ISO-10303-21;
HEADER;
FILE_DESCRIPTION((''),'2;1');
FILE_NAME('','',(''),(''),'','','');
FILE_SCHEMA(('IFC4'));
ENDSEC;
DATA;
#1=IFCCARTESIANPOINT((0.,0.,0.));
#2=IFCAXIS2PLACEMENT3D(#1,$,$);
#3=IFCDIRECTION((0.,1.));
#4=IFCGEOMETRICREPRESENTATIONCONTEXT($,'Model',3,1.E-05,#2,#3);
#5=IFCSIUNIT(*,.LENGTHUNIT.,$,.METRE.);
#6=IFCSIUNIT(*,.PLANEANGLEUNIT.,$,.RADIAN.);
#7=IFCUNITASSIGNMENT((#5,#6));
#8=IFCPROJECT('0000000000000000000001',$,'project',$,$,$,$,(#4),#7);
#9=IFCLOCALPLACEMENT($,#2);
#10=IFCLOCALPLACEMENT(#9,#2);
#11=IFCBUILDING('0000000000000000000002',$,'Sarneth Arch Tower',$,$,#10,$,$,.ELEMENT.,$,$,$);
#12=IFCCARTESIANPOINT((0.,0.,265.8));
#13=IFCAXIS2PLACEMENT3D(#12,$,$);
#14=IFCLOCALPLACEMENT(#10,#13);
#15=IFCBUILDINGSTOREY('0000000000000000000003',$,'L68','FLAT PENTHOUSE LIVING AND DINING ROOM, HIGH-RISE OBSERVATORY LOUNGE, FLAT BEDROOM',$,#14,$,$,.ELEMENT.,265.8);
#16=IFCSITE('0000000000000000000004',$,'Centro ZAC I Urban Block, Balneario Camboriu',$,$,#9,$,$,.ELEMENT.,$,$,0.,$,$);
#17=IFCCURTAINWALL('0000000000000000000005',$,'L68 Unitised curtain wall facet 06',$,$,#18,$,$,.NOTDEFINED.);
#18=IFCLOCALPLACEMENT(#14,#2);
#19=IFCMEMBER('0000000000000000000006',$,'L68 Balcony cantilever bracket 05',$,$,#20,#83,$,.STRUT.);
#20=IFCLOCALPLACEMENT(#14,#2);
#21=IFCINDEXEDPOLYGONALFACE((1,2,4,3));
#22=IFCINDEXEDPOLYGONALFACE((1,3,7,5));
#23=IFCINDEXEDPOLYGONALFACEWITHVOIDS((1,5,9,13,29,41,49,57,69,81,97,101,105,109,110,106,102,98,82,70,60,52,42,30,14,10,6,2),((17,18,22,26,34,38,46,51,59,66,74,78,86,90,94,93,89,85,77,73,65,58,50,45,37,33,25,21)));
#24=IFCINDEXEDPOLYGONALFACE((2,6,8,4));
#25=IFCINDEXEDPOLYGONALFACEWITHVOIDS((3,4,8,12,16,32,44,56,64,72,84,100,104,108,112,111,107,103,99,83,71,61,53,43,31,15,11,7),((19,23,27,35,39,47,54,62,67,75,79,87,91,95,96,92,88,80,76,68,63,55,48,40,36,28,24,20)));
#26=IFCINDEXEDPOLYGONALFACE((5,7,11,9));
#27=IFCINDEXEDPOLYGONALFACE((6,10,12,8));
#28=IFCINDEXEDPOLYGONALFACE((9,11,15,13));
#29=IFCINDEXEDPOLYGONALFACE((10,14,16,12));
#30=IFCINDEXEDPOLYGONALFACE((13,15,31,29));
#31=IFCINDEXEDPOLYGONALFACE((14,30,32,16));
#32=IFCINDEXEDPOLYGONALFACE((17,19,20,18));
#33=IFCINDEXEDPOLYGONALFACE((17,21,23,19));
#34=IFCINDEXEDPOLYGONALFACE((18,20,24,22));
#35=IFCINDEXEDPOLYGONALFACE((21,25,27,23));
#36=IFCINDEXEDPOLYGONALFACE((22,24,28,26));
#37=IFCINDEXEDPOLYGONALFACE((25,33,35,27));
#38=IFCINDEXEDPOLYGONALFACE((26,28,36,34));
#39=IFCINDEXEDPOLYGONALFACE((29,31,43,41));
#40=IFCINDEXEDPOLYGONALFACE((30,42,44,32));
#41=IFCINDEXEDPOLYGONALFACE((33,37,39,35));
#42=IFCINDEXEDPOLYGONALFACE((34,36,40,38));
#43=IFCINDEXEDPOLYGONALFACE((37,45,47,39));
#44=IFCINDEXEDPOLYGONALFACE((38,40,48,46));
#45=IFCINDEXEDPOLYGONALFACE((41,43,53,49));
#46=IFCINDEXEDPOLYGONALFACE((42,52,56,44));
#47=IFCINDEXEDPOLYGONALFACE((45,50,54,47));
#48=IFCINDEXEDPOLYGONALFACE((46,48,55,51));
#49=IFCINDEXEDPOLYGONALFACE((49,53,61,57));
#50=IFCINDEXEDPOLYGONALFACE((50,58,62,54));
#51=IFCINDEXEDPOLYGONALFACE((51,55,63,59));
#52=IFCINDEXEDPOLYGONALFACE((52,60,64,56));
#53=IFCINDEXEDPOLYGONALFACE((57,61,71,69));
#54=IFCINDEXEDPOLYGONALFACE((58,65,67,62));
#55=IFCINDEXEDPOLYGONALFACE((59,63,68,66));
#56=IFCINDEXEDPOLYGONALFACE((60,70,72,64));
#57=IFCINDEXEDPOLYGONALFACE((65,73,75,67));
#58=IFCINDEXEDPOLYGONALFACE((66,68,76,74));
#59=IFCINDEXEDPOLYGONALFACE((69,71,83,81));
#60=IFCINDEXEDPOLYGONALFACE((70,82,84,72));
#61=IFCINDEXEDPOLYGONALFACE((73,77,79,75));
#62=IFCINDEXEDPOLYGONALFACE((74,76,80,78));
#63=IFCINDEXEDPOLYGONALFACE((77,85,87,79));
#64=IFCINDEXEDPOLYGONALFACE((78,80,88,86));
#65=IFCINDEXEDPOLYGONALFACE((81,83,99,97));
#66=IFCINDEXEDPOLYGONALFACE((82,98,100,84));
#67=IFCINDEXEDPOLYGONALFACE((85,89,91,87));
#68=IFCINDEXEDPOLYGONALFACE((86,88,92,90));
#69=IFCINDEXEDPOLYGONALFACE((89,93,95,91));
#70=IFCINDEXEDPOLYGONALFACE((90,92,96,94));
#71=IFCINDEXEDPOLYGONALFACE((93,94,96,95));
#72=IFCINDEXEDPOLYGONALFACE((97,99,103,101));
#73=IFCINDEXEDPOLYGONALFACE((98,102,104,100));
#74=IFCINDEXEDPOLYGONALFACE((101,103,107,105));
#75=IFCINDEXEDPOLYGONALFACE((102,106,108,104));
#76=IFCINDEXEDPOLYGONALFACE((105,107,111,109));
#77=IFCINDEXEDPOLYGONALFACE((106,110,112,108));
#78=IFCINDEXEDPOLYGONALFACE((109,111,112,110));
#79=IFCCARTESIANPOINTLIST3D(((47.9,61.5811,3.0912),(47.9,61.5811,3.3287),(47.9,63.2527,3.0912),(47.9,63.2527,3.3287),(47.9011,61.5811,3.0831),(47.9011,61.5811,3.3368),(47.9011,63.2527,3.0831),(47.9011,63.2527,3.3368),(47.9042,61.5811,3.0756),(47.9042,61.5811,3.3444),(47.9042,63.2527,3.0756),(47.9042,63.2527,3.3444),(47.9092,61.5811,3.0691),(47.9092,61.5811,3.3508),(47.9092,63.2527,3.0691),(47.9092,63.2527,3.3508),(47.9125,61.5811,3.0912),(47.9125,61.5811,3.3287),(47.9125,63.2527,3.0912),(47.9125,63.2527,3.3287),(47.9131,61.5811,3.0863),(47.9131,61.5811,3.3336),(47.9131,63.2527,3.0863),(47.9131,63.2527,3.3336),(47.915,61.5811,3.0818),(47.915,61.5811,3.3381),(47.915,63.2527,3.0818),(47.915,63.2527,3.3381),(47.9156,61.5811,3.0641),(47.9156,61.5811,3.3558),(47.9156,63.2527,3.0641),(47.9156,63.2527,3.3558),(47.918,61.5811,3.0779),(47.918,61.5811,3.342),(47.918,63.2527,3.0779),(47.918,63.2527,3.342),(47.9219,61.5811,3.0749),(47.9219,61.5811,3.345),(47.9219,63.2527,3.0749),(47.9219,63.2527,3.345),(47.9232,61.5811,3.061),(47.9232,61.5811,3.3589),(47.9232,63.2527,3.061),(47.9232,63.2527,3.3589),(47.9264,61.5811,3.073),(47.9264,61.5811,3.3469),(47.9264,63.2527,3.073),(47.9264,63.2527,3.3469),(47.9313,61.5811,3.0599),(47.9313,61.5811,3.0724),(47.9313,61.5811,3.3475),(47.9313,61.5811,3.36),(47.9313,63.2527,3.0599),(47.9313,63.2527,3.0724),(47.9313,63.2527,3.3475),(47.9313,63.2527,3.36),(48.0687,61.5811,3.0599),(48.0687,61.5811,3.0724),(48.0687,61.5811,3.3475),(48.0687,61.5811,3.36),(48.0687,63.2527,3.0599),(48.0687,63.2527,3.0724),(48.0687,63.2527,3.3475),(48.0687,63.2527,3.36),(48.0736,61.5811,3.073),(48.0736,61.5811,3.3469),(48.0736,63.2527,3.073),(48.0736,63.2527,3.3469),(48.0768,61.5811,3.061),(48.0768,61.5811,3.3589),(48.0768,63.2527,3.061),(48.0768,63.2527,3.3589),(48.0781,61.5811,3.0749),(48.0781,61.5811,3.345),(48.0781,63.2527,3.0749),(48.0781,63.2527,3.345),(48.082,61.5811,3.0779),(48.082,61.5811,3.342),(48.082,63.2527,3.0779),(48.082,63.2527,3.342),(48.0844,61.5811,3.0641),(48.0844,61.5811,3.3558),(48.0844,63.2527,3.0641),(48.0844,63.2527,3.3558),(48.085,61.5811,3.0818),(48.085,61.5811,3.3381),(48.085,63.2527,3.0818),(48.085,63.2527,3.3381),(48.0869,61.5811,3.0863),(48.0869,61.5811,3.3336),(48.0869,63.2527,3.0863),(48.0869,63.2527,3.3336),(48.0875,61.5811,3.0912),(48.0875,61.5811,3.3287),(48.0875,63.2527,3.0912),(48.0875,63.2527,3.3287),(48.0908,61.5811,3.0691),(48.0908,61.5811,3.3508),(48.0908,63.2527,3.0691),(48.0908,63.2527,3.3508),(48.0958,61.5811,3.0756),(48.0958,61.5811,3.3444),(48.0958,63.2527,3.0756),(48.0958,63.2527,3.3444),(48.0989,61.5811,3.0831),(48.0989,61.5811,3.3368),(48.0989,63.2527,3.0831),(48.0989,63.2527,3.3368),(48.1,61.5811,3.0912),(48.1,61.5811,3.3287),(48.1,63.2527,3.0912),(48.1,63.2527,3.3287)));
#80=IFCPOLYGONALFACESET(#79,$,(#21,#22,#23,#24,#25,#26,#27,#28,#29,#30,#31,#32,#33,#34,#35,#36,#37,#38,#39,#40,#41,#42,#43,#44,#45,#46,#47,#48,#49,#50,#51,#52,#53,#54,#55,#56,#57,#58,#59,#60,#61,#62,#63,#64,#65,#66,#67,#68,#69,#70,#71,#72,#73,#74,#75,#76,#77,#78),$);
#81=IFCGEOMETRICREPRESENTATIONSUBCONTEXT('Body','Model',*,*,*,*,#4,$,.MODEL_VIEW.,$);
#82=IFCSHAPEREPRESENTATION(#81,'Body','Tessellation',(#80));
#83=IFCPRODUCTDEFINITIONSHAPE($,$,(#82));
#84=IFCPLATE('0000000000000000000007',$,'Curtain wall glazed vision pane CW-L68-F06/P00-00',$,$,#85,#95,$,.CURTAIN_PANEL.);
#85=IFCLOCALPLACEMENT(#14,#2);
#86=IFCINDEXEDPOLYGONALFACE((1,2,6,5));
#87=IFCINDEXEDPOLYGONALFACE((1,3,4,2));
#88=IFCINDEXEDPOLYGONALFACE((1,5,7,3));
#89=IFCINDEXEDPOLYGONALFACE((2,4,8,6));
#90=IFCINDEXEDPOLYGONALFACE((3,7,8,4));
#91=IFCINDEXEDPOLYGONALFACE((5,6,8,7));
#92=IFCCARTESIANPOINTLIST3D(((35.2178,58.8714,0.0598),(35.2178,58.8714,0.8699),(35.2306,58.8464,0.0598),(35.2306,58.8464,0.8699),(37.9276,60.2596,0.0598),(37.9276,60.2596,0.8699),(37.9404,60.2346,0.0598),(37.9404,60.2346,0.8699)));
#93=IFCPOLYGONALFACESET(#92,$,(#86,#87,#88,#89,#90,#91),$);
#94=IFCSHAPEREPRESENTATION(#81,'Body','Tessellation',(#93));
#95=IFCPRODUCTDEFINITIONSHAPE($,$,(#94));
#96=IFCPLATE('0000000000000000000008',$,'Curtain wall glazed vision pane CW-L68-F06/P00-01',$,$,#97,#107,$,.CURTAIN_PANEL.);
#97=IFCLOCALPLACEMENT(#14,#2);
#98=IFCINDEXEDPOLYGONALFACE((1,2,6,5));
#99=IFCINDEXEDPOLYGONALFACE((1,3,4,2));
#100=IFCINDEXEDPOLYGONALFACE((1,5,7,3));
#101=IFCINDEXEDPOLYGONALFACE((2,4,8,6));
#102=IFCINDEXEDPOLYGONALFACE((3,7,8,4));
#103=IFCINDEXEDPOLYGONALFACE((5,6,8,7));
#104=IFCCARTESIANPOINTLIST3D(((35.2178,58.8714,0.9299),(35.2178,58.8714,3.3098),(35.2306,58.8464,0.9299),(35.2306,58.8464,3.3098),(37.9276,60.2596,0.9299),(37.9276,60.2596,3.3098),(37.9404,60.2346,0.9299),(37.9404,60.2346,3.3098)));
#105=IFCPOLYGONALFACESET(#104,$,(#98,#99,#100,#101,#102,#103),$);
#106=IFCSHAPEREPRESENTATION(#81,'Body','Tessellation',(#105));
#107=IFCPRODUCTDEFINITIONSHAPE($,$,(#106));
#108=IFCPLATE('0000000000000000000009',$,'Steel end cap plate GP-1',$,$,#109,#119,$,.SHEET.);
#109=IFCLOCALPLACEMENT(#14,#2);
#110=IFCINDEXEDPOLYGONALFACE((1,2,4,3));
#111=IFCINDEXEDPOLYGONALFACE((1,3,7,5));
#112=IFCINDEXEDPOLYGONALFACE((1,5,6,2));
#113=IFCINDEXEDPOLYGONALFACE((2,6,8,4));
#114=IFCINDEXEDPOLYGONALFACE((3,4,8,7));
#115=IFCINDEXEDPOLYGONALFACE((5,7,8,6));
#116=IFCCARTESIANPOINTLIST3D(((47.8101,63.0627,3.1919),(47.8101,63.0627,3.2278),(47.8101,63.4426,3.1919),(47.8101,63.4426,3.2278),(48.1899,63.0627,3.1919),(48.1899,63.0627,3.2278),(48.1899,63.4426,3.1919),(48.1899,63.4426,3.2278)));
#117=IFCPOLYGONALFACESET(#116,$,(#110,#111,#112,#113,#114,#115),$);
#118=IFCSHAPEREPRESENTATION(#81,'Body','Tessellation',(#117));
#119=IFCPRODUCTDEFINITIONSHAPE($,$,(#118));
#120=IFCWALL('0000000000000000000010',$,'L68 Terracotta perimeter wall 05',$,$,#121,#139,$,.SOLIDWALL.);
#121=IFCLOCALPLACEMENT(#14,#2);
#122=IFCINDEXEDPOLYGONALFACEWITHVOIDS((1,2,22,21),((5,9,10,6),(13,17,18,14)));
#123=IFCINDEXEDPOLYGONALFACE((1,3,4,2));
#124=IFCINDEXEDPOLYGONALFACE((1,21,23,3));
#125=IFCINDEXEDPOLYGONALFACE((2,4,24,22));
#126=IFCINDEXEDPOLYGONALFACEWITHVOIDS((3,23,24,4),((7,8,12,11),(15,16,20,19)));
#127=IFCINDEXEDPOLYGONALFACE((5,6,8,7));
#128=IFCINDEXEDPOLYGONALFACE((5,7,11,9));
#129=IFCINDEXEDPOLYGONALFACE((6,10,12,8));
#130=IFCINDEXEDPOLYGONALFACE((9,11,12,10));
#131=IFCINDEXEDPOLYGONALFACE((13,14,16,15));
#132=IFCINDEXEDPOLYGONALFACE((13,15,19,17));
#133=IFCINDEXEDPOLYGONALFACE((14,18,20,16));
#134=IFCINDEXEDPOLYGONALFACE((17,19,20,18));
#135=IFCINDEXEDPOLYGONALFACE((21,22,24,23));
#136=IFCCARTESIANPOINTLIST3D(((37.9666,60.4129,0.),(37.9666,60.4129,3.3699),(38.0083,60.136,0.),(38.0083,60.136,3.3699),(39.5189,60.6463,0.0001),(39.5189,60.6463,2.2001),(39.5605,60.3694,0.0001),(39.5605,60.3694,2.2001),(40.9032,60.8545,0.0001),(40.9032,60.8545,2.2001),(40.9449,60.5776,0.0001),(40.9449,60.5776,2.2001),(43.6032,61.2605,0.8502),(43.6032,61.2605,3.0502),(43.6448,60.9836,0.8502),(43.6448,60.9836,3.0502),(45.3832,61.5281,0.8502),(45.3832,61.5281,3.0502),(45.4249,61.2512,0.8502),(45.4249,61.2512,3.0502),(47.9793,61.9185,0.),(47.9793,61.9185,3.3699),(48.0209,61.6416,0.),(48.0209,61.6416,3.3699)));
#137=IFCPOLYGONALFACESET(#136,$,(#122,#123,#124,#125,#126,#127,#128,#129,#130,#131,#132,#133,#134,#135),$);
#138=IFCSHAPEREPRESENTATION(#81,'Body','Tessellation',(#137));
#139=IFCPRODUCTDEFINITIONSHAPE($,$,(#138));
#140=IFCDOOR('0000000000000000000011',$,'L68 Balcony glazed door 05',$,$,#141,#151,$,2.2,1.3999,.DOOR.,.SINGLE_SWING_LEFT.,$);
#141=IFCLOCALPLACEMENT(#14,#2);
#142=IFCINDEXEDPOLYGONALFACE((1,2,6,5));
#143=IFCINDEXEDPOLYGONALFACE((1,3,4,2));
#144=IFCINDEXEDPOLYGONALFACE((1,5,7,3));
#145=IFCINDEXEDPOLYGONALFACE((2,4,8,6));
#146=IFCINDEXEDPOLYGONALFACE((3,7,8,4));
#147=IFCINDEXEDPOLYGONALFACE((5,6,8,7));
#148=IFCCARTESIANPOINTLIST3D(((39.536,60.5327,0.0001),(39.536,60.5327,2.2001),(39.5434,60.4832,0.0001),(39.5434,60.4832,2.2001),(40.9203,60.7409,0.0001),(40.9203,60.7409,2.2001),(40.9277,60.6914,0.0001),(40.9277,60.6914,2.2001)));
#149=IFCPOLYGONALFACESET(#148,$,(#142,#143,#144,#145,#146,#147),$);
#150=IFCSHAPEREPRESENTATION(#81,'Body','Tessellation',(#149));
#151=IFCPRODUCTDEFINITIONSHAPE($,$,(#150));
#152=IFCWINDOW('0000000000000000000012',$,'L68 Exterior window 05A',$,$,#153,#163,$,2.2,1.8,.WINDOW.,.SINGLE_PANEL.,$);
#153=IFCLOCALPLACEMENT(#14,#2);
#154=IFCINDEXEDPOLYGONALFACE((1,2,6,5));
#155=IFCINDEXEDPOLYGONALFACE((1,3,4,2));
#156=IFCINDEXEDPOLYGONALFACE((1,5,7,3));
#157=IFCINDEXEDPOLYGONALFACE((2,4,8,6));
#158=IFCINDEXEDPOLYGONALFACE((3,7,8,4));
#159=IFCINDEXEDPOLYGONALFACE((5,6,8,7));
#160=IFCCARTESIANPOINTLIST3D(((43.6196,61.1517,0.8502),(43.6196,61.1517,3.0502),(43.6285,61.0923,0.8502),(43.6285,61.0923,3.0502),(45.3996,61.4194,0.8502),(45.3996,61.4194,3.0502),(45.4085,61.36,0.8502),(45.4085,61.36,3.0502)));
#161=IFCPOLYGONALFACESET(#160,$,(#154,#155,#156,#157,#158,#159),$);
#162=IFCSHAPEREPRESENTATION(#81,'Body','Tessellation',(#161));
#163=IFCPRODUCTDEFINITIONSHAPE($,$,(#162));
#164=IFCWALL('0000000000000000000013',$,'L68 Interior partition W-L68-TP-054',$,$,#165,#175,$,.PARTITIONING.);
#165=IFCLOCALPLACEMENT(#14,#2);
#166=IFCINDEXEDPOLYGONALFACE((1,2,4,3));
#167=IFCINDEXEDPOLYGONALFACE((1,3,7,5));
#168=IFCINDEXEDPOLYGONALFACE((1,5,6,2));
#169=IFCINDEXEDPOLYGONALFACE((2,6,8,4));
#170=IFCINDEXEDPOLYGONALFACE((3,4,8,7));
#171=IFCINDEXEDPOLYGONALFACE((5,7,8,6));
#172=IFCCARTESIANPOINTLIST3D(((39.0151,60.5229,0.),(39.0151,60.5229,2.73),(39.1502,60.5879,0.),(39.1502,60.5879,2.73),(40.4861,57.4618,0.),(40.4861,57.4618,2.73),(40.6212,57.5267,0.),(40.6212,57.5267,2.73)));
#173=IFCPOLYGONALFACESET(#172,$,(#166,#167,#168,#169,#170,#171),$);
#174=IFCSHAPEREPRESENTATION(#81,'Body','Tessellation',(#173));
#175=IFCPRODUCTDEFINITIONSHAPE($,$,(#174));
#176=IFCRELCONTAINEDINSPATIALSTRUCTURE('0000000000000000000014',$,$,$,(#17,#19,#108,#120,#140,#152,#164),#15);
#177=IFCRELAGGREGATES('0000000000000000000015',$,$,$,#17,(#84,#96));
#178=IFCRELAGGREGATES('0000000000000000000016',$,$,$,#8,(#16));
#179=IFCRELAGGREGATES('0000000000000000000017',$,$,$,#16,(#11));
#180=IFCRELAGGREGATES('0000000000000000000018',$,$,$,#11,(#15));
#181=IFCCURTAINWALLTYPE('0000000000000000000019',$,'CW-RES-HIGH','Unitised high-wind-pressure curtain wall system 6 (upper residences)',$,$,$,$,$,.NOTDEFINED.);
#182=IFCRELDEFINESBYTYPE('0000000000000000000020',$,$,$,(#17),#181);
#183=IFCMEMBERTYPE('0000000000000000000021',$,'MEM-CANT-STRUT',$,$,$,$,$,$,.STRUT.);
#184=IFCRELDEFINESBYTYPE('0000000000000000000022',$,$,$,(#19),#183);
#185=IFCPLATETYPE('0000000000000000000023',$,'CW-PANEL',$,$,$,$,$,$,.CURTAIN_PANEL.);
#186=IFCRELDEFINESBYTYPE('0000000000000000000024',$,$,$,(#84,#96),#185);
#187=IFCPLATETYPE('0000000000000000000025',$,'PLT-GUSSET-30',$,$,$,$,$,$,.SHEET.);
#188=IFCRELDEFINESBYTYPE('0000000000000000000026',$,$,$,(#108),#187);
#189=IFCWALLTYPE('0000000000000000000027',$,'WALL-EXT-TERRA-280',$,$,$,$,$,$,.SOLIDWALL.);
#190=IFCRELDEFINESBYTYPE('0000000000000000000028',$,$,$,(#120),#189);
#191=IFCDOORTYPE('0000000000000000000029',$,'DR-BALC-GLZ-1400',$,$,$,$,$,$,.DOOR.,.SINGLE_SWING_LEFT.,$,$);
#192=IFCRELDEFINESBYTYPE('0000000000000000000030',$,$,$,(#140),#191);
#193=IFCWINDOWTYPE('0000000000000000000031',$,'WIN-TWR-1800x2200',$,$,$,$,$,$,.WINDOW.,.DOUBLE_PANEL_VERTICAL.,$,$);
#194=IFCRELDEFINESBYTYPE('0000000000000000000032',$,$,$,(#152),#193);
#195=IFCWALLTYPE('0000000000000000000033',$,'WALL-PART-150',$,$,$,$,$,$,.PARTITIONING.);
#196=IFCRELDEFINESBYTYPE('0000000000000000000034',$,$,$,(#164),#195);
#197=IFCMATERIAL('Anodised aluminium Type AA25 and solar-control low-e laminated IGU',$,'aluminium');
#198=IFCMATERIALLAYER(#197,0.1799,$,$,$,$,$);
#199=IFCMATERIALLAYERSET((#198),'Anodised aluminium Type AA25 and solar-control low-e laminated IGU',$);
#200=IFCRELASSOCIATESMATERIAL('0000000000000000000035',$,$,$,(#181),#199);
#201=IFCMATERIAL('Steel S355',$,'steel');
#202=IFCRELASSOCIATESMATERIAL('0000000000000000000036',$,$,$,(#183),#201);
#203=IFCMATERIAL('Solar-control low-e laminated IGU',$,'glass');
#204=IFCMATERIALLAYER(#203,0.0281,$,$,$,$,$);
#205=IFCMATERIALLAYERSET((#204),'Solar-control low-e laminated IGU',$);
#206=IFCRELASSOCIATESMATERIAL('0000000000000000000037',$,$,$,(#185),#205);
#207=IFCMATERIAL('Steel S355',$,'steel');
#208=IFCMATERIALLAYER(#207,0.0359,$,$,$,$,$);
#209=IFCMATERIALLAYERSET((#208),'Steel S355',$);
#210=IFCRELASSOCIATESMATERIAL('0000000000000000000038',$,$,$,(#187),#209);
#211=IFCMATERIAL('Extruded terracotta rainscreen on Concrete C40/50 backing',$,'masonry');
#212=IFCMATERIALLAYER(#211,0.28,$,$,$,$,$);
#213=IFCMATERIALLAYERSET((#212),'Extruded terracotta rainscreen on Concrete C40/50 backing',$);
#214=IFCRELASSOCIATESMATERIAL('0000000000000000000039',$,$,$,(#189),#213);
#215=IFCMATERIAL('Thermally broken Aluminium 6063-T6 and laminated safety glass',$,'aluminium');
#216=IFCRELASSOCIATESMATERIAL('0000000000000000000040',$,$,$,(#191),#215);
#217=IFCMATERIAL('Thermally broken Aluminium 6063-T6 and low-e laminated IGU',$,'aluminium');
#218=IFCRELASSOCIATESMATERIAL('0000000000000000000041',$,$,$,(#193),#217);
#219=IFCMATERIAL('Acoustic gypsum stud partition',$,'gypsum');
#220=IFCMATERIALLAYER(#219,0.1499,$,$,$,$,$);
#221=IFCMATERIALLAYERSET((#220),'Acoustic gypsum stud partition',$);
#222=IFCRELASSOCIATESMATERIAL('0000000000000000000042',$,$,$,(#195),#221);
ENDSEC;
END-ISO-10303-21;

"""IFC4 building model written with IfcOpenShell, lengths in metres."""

from ifc_helpers import new_model, si_unit, direction, frame, frame_2d, origin, origin_2d, place, context, subcontext, project, spatial, rectangle, hollow_rectangle, extrude, material, layer, layer_set, material_profile, profile_set, type_object, element, fill, aggregate, save


model = new_model("IFC4")

# Units and contexts
model_context = context("Model", 3, precision=1e-05, world=origin(), true_north=direction((0.0, 1.0)))
body_context = subcontext(model_context, "Body", "Model", "MODEL_VIEW")
ifc_project = project(units=[si_unit("LENGTHUNIT", "METRE"), si_unit("PLANEANGLEUNIT", "RADIAN")], contexts=[model_context])

# Site, building, storey
site_placement = place(None, origin())
site = spatial("IfcSite", under=ifc_project, at=site_placement, Name="Centro ZAC I Urban Block, Balneario Camboriu", CompositionType="ELEMENT", RefElevation=0.0)
building_placement = place(site_placement, origin())
building = spatial("IfcBuilding", under=site, at=building_placement, Name="Sarneth Arch Tower", CompositionType="ELEMENT")
storey_placement = place(building_placement, frame((0.0, 0.0, 265.8)))
storey = spatial("IfcBuildingStorey", under=building, at=storey_placement, Name="L68", Description="FLAT PENTHOUSE LIVING AND DINING ROOM, HIGH-RISE OBSERVATORY LOUNGE, FLAT BEDROOM", CompositionType="ELEMENT", Elevation=265.8)

# Curtain wall
ifc_material_1 = material(Name="Anodised aluminium Type AA25 and solar-control low-e laminated IGU", Category="aluminium")
ifc_layer_1 = layer(ifc_material_1, 0.1799)
ifc_layer_set_1 = layer_set([ifc_layer_1], Name="Anodised aluminium Type AA25 and solar-control low-e laminated IGU")
curtain_wall_type = type_object("IfcCurtainWallType", Name="CW-RES-HIGH", Description="Unitised high-wind-pressure curtain wall system 6 (upper residences)", PredefinedType="NOTDEFINED", material=ifc_layer_set_1)
curtain_wall_placement = place(storey_placement, origin())
curtain_wall = element("IfcCurtainWall", 1, at=curtain_wall_placement, inside=storey, type_object=curtain_wall_type, Name="L68 Unitised curtain wall facet 06", PredefinedType="NOTDEFINED")

# Member
ifc_material_2 = material(Name="Steel S355", Category="steel")
ifc_material_profile_1 = material_profile(ifc_material_2, hollow_rectangle(XDim=0.2, YDim=0.3, WallThickness=0.0125, InnerFilletRadius=0.0188, OuterFilletRadius=0.0312, at=origin_2d()), Name="RHS300x200x12.5")
ifc_profile_set_1 = profile_set([ifc_material_profile_1], Name="Steel S355")
member_type_1 = type_object("IfcMemberType", Name="MEM-CANT-STRUT", PredefinedType="STRUT", material=ifc_profile_set_1)
member_1_placement = place(storey_placement, frame((48.0, 61.5811, 3.21), z_axis=(0.0, 1.0, 0.0), x_axis=(-1.0, 0.0, 0.0)))
element("IfcMember", 2, at=member_1_placement, inside=storey, type_object=member_type_1, Name="L68 Balcony cantilever bracket 05", PredefinedType="STRUT", context=body_context, shape_type="SweptSolid", body=[
    extrude(hollow_rectangle(XDim=0.2, YDim=0.3, WallThickness=0.0125, InnerFilletRadius=0.0188, OuterFilletRadius=0.0312, at=origin_2d()), origin(), (0.0, 0.0, 1.0), 1.6716),
])

# Plates
ifc_material_3 = material(Name="Solar-control low-e laminated IGU", Category="glass")
ifc_layer_2 = layer(ifc_material_3, 0.0281)
ifc_layer_set_2 = layer_set([ifc_layer_2], Name="Solar-control low-e laminated IGU")
plate_type_1 = type_object("IfcPlateType", Name="CW-PANEL", PredefinedType="CURTAIN_PANEL", material=ifc_layer_set_2)
plate_1_placement = place(storey_placement, frame((36.5791, 59.553, 0.0598), z_axis=(0.0, 0.0, 1.0), x_axis=(-0.89001, -0.455942, 0.0)))
plate_1 = element("IfcPlate", 3, at=plate_1_placement, type_object=plate_type_1, Name="Curtain wall glazed vision pane CW-L68-F06/P00-00", PredefinedType="CURTAIN_PANEL", context=body_context, shape_type="SweptSolid", body=[
    extrude(rectangle(XDim=3.0447, YDim=0.0281, at=origin_2d()), origin(), (0.0, 0.0, 1.0), 0.8101),
])
plate_2_placement = place(storey_placement, frame((36.5791, 59.553, 0.9299), z_axis=(0.0, 0.0, 1.0), x_axis=(-0.89001, -0.455942, 0.0)))
plate_2 = element("IfcPlate", 4, at=plate_2_placement, type_object=plate_type_1, Name="Curtain wall glazed vision pane CW-L68-F06/P00-01", PredefinedType="CURTAIN_PANEL", context=body_context, shape_type="SweptSolid", body=[
    extrude(rectangle(XDim=3.0447, YDim=0.0281, at=origin_2d()), origin(), (0.0, 0.0, 1.0), 2.3799),
])
aggregate(curtain_wall, [plate_1, plate_2])
ifc_material_4 = material(Name="Steel S355", Category="steel")
ifc_layer_3 = layer(ifc_material_4, 0.0359)
ifc_layer_set_3 = layer_set([ifc_layer_3], Name="Steel S355")
plate_type_2 = type_object("IfcPlateType", Name="PLT-GUSSET-30", PredefinedType="SHEET", material=ifc_layer_set_3)
plate_3_placement = place(storey_placement, frame((48.0, 63.2527, 3.1919), z_axis=(0.0, 0.0, 1.0), x_axis=(0.0, 1.0, 0.0)))
element("IfcPlate", 5, at=plate_3_placement, inside=storey, type_object=plate_type_2, Name="Steel end cap plate GP-1", PredefinedType="SHEET", context=body_context, shape_type="SweptSolid", body=[
    extrude(rectangle(XDim=0.3799, YDim=0.3799, at=origin_2d()), origin(), (0.0, 0.0, 1.0), 0.0359),
])

# Wall, openings, door, window
ifc_material_5 = material(Name="Extruded terracotta rainscreen on Concrete C40/50 backing", Category="masonry")
ifc_layer_4 = layer(ifc_material_5, 0.28)
ifc_layer_set_4 = layer_set([ifc_layer_4], Name="Extruded terracotta rainscreen on Concrete C40/50 backing")
wall_type_1 = type_object("IfcWallType", Name="WALL-EXT-TERRA-280", PredefinedType="SOLIDWALL", material=ifc_layer_set_4)
wall_1_placement = place(storey_placement, frame((48.0, 61.78, 0.0), z_axis=(0.0, 0.0, 1.0), x_axis=(-0.988883, -0.148699, 0.0)))
wall_1 = element("IfcWall", 6, at=wall_1_placement, inside=storey, type_object=wall_type_1, Name="L68 Terracotta perimeter wall 05", PredefinedType="SOLIDWALL", context=body_context, shape_type="SweptSolid", body=[
    extrude(rectangle(XDim=10.1252, YDim=0.28, at=frame_2d((5.0625, 0.0))), origin(), (0.0, 0.0, 1.0), 3.3699),
])
opening_1_placement = place(wall_1_placement, frame((2.6252, 0.0, 0.8501)))
opening_1 = element("IfcOpeningElement", 7, at=opening_1_placement, cuts=wall_1, PredefinedType="OPENING", context=body_context, shape_type="SweptSolid", body=[
    extrude(rectangle(XDim=1.8, YDim=2.2, at=frame_2d((0.8999, 1.1001))), frame((0.0, 0.1499, 0.0), z_axis=(0.0, -1.0, 0.0), x_axis=(1.0, 0.0, 0.0)), (0.0, 0.0, 1.0), 0.3),
])
opening_2_placement = place(wall_1_placement, frame((7.1555, 0.0, 0.0)))
opening_2 = element("IfcOpeningElement", 8, at=opening_2_placement, cuts=wall_1, PredefinedType="OPENING", context=body_context, shape_type="SweptSolid", body=[
    extrude(rectangle(XDim=1.3999, YDim=2.2, at=frame_2d((0.7, 1.1001))), frame((0.0, 0.1499, 0.0), z_axis=(0.0, -1.0, 0.0), x_axis=(1.0, 0.0, 0.0)), (0.0, 0.0, 1.0), 0.3),
])
ifc_material_6 = material(Name="Thermally broken Aluminium 6063-T6 and laminated safety glass", Category="aluminium")
door_type_1 = type_object("IfcDoorType", Name="DR-BALC-GLZ-1400", OperationType="SINGLE_SWING_LEFT", PredefinedType="DOOR", material=ifc_material_6)
door_1_placement = place(opening_2_placement, origin())
door_1 = element("IfcDoor", 9, at=door_1_placement, inside=storey, type_object=door_type_1, Name="L68 Balcony glazed door 05", OperationType="SINGLE_SWING_LEFT", OverallHeight=2.2, OverallWidth=1.3999, PredefinedType="DOOR", context=body_context, shape_type="SweptSolid", body=[
    extrude(rectangle(XDim=1.3999, YDim=2.2, at=frame_2d((0.7, 1.1001))), frame((0.0, 0.0249, 0.0), z_axis=(0.0, -1.0, 0.0), x_axis=(1.0, 0.0, 0.0)), (0.0, 0.0, 1.0), 0.05),
])
fill(opening_2, door_1)
ifc_material_7 = material(Name="Thermally broken Aluminium 6063-T6 and low-e laminated IGU", Category="aluminium")
window_type = type_object("IfcWindowType", Name="WIN-TWR-1800x2200", PartitioningType="DOUBLE_PANEL_VERTICAL", PredefinedType="WINDOW", material=ifc_material_7)
window_placement = place(opening_1_placement, origin())
window = element("IfcWindow", 10, at=window_placement, inside=storey, type_object=window_type, Name="L68 Exterior window 05A", OverallHeight=2.2, OverallWidth=1.8, PartitioningType="SINGLE_PANEL", PredefinedType="WINDOW", context=body_context, shape_type="SweptSolid", body=[
    extrude(rectangle(XDim=1.8, YDim=2.2, at=frame_2d((0.8999, 1.1001))), frame((0.0, 0.03, 0.0), z_axis=(0.0, -1.0, 0.0), x_axis=(1.0, 0.0, 0.0)), (0.0, 0.0, 1.0), 0.0601),
])
fill(opening_1, window)

# Wall
ifc_material_8 = material(Name="Acoustic gypsum stud partition", Category="gypsum")
ifc_layer_5 = layer(ifc_material_8, 0.1499)
ifc_layer_set_5 = layer_set([ifc_layer_5], Name="Acoustic gypsum stud partition")
wall_type_2 = type_object("IfcWallType", Name="WALL-PART-150", PredefinedType="PARTITIONING", material=ifc_layer_set_5)
wall_2_placement = place(storey_placement, frame((40.5537, 57.4941, 0.0), z_axis=(0.0, 0.0, 1.0), x_axis=(-0.433126, 0.901333, 0.0)))
element("IfcWall", 11, at=wall_2_placement, inside=storey, type_object=wall_type_2, Name="L68 Interior partition W-L68-TP-054", PredefinedType="PARTITIONING", context=body_context, shape_type="SweptSolid", body=[
    extrude(rectangle(XDim=3.3962, YDim=0.1499, at=frame_2d((1.6982, 0.0))), origin(), (0.0, 0.0, 1.0), 2.73),
])

save(model, "model.ifc")
